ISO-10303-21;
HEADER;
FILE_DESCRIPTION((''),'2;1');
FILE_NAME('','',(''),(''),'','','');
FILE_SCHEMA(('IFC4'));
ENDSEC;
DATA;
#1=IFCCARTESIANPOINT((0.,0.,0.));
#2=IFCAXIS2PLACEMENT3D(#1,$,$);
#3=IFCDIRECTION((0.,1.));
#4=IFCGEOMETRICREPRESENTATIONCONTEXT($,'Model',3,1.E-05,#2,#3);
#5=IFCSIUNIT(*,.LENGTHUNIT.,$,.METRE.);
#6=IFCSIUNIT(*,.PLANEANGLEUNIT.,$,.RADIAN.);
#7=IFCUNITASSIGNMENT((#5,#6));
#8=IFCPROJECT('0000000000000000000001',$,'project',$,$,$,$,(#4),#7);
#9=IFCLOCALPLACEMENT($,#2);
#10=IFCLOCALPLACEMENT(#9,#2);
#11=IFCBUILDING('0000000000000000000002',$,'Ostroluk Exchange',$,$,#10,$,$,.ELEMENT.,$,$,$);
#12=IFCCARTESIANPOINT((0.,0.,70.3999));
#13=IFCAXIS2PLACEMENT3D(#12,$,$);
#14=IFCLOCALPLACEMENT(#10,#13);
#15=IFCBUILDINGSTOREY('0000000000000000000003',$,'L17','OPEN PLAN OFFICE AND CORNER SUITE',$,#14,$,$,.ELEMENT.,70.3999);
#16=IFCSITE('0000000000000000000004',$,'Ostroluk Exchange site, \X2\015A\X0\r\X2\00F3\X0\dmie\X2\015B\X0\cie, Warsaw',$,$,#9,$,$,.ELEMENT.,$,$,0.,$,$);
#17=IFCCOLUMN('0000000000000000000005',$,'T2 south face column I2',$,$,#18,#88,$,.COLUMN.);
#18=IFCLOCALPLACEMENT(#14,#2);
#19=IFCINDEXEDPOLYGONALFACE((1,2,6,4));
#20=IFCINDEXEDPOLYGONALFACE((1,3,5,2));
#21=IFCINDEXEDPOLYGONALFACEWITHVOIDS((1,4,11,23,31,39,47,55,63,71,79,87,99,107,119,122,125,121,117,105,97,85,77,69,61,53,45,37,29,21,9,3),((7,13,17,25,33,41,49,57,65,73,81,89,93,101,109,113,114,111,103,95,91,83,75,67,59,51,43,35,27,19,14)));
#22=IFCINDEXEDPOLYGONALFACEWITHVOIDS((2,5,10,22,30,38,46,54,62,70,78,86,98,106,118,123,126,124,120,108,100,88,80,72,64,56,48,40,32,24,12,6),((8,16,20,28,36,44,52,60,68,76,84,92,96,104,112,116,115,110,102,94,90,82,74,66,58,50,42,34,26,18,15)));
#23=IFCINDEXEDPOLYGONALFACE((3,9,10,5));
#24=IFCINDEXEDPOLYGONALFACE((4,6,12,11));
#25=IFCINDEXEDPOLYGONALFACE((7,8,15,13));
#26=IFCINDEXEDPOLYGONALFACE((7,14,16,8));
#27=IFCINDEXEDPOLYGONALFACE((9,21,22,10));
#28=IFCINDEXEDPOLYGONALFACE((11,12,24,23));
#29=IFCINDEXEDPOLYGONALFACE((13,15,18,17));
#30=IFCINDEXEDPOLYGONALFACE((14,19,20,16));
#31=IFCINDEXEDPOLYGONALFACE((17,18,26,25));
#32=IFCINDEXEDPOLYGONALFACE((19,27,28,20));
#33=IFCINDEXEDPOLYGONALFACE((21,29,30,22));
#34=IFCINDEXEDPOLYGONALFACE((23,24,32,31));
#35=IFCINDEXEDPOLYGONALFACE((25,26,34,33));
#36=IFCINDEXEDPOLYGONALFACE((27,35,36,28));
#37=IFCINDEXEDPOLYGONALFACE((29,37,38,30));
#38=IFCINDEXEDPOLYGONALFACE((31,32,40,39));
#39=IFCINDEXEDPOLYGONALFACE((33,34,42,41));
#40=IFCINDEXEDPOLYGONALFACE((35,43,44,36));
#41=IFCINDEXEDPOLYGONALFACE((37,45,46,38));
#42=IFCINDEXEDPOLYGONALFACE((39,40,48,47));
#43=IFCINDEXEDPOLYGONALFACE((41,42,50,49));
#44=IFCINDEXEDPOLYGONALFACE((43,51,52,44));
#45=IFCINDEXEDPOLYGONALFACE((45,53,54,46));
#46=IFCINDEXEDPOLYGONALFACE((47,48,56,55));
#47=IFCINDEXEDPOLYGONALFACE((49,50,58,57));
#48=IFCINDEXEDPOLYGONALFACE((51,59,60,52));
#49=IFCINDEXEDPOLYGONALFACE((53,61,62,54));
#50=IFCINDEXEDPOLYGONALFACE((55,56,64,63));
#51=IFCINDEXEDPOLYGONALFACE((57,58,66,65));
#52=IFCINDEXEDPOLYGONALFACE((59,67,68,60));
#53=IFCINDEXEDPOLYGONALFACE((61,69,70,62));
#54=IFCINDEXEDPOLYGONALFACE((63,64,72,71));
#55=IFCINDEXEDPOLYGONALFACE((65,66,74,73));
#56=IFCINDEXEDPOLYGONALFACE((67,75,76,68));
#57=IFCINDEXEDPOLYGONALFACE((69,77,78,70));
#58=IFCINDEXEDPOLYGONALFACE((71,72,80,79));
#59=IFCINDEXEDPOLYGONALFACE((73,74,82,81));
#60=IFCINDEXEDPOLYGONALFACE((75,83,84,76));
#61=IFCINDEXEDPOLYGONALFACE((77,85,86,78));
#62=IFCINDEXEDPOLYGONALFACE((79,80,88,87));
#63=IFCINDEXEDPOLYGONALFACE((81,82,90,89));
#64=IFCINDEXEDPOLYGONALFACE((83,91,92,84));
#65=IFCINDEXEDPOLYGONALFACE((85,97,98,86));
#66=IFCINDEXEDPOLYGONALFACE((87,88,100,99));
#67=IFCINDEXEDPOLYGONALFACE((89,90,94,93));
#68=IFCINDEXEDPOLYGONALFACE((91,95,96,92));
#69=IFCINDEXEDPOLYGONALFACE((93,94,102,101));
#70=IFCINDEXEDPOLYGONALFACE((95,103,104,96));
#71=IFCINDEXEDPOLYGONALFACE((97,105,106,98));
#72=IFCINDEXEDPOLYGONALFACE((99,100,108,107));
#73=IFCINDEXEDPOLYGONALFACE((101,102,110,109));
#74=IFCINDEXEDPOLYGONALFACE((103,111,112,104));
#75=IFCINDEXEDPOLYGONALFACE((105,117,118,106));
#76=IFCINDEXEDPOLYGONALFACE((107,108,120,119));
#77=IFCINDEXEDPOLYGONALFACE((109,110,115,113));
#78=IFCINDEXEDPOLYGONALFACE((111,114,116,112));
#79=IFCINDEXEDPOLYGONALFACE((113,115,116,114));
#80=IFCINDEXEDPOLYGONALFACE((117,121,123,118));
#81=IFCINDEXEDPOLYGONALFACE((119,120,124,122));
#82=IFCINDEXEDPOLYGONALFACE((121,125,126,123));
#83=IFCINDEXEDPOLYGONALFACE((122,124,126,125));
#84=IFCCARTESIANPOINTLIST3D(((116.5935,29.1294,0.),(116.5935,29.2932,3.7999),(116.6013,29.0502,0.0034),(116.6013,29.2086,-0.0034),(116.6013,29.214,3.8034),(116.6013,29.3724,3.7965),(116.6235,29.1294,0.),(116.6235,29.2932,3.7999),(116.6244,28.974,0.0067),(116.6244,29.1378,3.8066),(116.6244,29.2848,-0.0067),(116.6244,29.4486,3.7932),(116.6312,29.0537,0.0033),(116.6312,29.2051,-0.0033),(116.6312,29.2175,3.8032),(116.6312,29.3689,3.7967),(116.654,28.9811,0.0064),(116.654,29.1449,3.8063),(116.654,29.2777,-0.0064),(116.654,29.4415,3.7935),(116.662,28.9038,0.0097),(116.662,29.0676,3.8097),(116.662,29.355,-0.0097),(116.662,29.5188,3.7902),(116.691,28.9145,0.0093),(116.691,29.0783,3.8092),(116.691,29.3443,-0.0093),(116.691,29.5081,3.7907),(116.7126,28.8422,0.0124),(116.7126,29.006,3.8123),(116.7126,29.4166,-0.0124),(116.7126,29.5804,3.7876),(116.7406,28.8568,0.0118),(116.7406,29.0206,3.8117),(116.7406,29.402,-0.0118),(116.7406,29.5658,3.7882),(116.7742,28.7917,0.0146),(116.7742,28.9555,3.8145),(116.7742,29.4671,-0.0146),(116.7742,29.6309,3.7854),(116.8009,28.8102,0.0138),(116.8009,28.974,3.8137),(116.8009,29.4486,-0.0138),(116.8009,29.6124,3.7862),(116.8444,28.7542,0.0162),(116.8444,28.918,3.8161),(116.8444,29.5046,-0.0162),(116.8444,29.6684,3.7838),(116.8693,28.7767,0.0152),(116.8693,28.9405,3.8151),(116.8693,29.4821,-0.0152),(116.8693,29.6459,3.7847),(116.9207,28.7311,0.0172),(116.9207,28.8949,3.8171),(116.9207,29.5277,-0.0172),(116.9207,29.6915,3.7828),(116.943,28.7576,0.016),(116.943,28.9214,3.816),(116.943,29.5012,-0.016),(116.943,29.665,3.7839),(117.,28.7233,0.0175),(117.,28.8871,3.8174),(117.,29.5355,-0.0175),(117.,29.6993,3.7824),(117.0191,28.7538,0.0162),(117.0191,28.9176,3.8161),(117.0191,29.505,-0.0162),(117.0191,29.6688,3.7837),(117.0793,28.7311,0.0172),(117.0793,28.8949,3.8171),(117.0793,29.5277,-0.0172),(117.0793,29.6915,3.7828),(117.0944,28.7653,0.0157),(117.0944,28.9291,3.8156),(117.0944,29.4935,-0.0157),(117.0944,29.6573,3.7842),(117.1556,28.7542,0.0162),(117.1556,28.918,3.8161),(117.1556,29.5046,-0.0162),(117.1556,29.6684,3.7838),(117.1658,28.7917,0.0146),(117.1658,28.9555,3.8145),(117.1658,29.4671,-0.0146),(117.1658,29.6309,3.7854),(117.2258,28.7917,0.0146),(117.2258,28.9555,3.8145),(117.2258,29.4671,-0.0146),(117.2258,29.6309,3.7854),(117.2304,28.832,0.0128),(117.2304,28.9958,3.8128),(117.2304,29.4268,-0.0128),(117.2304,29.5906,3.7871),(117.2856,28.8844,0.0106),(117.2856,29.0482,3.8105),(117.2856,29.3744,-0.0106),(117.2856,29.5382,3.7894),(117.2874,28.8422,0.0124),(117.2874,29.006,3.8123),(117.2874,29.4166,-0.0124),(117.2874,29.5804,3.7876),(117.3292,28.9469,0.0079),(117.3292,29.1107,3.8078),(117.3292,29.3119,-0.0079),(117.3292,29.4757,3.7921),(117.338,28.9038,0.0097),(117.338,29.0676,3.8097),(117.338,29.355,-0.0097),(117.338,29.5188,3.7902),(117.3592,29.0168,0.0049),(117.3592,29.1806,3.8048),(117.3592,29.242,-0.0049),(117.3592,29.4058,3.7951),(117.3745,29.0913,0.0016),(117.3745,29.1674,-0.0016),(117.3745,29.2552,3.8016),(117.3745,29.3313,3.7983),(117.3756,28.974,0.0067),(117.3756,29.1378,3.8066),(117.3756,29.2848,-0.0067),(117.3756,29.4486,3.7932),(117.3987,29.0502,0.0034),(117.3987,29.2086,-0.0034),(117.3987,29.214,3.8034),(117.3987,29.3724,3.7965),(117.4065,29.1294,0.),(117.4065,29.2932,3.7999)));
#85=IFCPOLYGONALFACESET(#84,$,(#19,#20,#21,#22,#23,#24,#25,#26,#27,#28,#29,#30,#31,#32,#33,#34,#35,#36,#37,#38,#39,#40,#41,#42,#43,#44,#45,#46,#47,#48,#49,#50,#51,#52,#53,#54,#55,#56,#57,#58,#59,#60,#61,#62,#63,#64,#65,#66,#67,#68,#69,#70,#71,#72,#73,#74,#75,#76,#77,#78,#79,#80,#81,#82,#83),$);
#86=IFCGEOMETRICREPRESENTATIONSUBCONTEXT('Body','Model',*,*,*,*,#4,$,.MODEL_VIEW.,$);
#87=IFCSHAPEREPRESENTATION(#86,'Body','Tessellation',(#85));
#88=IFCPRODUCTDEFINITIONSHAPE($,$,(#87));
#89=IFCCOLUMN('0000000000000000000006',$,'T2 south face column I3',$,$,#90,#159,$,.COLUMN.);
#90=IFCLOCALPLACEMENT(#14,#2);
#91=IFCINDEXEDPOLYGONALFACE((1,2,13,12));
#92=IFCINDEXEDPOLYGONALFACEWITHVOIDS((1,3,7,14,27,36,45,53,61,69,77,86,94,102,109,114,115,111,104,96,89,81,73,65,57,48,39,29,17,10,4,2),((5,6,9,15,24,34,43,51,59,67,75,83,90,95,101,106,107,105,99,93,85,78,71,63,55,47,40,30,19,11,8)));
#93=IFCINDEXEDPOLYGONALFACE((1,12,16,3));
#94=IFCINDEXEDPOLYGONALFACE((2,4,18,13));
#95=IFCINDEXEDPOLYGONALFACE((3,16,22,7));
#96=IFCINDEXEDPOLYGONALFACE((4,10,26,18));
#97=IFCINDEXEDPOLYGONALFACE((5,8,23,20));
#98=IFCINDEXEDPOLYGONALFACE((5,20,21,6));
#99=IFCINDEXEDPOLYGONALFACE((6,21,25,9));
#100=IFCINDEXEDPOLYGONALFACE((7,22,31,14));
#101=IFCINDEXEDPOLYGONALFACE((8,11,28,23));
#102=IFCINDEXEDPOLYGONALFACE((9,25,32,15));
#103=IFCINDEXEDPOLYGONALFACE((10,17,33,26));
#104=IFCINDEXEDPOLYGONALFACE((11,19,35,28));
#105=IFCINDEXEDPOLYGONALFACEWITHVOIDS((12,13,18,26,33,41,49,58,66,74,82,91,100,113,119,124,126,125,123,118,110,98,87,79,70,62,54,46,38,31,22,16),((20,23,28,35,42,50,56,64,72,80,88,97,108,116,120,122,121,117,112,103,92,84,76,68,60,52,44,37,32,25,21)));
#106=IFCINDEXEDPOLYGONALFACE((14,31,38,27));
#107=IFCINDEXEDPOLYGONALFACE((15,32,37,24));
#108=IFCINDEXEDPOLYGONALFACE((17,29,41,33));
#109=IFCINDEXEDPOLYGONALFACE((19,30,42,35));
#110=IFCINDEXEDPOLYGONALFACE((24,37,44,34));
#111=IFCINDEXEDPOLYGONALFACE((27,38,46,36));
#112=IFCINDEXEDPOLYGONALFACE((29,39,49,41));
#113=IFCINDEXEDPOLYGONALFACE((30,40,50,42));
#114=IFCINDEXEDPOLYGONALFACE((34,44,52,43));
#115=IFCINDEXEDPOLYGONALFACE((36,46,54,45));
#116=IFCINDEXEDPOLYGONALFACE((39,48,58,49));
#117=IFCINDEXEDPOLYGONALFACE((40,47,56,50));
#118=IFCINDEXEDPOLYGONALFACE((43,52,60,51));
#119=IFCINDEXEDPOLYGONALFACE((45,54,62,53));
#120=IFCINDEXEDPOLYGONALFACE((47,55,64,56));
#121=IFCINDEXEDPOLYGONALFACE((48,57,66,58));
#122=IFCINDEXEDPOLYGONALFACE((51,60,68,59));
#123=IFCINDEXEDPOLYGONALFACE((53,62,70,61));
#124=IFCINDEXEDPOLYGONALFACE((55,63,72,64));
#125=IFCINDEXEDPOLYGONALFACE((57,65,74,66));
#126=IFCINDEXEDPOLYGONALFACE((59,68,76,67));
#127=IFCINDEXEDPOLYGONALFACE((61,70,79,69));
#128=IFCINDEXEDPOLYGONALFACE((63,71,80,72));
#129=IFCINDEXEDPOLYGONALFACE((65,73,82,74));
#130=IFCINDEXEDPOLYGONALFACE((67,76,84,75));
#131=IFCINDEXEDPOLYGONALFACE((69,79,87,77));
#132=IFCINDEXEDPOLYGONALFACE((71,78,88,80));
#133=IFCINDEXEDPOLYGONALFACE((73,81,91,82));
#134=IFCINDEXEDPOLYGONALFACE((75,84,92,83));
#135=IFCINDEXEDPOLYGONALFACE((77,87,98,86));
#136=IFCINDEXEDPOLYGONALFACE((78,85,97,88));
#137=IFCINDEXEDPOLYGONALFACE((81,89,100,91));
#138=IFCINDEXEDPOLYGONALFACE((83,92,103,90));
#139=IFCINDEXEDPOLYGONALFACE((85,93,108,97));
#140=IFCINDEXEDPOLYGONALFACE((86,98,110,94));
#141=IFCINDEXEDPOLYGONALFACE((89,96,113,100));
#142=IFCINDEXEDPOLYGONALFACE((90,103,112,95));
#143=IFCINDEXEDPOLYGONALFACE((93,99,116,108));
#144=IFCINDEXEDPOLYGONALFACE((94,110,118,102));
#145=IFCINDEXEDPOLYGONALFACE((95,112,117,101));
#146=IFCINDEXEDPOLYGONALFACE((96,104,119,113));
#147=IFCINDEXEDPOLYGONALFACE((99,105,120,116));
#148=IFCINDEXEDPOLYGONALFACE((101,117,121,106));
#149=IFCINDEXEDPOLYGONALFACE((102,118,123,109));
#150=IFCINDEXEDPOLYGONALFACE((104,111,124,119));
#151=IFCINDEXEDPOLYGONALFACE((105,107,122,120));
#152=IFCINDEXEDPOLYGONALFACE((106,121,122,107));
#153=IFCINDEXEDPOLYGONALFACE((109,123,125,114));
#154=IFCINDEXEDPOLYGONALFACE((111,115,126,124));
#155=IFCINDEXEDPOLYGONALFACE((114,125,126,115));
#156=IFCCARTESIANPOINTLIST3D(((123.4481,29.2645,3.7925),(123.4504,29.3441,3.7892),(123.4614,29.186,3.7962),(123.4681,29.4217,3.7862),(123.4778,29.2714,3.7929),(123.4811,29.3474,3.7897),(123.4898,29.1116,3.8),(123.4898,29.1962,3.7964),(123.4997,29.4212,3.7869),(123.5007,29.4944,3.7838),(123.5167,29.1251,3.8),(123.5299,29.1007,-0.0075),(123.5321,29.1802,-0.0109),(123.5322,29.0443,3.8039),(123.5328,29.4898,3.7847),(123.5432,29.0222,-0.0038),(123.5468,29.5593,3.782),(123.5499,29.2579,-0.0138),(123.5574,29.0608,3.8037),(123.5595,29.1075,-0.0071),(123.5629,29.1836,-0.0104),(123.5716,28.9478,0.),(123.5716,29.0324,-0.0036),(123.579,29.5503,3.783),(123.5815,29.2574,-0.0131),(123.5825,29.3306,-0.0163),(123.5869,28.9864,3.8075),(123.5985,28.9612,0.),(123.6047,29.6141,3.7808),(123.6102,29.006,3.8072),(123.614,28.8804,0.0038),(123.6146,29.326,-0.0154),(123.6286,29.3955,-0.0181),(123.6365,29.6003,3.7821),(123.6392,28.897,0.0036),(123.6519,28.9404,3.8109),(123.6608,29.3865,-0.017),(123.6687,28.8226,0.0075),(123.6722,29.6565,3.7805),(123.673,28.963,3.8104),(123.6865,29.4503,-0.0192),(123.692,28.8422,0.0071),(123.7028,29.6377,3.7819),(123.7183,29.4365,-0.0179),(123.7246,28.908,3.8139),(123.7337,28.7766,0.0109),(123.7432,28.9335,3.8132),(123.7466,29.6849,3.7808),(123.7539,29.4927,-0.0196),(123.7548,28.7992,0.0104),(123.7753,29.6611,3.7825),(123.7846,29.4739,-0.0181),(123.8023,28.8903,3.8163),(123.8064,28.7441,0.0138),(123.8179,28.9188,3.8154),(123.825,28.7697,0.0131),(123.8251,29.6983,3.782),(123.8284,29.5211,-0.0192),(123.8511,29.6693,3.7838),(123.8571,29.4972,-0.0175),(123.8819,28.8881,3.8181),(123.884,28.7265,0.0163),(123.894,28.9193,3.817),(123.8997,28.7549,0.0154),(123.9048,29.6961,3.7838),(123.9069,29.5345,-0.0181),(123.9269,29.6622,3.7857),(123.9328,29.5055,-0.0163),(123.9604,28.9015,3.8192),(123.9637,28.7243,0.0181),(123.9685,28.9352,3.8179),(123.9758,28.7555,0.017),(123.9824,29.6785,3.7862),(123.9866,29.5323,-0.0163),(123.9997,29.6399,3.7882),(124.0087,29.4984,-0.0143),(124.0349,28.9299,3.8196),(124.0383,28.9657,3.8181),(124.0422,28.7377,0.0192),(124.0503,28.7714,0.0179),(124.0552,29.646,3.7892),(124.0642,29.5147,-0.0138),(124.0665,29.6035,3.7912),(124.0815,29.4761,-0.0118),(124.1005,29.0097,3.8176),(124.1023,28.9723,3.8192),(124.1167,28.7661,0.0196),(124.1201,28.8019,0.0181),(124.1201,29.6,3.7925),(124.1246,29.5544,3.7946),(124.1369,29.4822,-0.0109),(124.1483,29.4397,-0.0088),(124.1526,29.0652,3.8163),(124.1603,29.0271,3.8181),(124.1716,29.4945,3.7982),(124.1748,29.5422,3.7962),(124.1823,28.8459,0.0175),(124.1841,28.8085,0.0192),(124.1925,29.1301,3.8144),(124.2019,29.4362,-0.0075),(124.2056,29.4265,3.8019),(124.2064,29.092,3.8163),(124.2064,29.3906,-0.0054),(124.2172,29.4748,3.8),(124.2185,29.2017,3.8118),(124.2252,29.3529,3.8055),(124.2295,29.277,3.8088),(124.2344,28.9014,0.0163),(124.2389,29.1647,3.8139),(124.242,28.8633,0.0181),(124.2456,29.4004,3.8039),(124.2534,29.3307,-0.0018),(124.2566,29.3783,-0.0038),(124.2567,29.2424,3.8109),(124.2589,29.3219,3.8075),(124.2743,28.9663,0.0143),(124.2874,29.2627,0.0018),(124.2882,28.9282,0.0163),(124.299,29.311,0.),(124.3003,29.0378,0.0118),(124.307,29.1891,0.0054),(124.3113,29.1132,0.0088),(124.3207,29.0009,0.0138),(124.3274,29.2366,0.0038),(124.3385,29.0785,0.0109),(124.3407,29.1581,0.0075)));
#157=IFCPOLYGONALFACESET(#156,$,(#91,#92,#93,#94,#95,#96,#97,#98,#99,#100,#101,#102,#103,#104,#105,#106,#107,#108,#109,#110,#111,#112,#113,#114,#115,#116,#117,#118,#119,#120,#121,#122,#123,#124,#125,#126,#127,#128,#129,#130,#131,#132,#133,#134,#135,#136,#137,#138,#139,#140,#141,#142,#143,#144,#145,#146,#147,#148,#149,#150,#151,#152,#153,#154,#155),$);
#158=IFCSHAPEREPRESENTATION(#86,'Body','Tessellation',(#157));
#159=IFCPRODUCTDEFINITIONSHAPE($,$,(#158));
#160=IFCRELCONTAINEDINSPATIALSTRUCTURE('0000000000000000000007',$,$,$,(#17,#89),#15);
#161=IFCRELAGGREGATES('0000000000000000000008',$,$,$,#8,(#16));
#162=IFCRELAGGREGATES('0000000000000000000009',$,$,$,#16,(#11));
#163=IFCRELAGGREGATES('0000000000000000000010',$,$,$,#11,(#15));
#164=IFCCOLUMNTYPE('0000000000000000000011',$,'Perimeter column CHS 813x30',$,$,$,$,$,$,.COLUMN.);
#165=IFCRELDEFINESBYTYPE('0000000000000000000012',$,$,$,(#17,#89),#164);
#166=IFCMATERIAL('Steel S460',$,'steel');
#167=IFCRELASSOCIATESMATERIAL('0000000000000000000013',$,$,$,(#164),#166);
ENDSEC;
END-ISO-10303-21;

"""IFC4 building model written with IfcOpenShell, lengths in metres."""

from ifc_helpers import new_model, si_unit, direction, frame, origin, origin_2d, place, context, subcontext, project, spatial, hollow_circle, extrude, material, material_profile, profile_set, type_object, element, save


model = new_model("IFC4")

# Units and contexts
model_context = context("Model", 3, precision=1e-05, world=origin(), true_north=direction((0.0, 1.0)))
body_context = subcontext(model_context, "Body", "Model", "MODEL_VIEW")
ifc_project = project(units=[si_unit("LENGTHUNIT", "METRE"), si_unit("PLANEANGLEUNIT", "RADIAN")], contexts=[model_context])

# Site, building, storey
site_placement = place(None, origin())
site = spatial("IfcSite", under=ifc_project, at=site_placement, Name="Ostroluk Exchange site, Śródmieście, Warsaw", CompositionType="ELEMENT", RefElevation=0.0)
building_placement = place(site_placement, origin())
building = spatial("IfcBuilding", under=site, at=building_placement, Name="Ostroluk Exchange", CompositionType="ELEMENT")
storey_placement = place(building_placement, frame((0.0, 0.0, 70.3999)))
storey = spatial("IfcBuildingStorey", under=building, at=storey_placement, Name="L17", Description="OPEN PLAN OFFICE AND CORNER SUITE", CompositionType="ELEMENT", Elevation=70.3999)

# Columns
ifc_material_1 = material(Name="Steel S460", Category="steel")
ifc_material_profile_1 = material_profile(ifc_material_1, hollow_circle(Radius=0.4065, WallThickness=0.03, at=origin_2d()), Name="CHS 813x30")
ifc_profile_set_1 = profile_set([ifc_material_profile_1], Name="Steel S460")
column_type = type_object("IfcColumnType", Name="Perimeter column CHS 813x30", PredefinedType="COLUMN", material=ifc_profile_set_1)
column_1_placement = place(storey_placement, frame((117.0, 29.1294, 0.0), z_axis=(0.0, 0.04307, 0.999072), x_axis=(-1.0, 0.0, 0.0)))
element("IfcColumn", 1, at=column_1_placement, inside=storey, type_object=column_type, Name="T2 south face column I2", PredefinedType="COLUMN", context=body_context, shape_type="SweptSolid", body=[
    extrude(hollow_circle(Radius=0.4065, WallThickness=0.03, at=origin_2d()), origin(), (0.0, 0.0, 1.0), 3.8035),
])
column_2_placement = place(storey_placement, frame((123.9353, 29.1294, 0.0), z_axis=(-0.021498, 0.04306, 0.998841), x_axis=(-0.894694, -0.44668, 0.0)))
element("IfcColumn", 2, at=column_2_placement, inside=storey, type_object=column_type, Name="T2 south face column I3", PredefinedType="COLUMN", context=body_context, shape_type="SweptSolid", body=[
    extrude(hollow_circle(Radius=0.4065, WallThickness=0.03, at=origin_2d()), origin(), (0.0, 0.0, 1.0), 3.8044),
])

save(model, "model.ifc")
